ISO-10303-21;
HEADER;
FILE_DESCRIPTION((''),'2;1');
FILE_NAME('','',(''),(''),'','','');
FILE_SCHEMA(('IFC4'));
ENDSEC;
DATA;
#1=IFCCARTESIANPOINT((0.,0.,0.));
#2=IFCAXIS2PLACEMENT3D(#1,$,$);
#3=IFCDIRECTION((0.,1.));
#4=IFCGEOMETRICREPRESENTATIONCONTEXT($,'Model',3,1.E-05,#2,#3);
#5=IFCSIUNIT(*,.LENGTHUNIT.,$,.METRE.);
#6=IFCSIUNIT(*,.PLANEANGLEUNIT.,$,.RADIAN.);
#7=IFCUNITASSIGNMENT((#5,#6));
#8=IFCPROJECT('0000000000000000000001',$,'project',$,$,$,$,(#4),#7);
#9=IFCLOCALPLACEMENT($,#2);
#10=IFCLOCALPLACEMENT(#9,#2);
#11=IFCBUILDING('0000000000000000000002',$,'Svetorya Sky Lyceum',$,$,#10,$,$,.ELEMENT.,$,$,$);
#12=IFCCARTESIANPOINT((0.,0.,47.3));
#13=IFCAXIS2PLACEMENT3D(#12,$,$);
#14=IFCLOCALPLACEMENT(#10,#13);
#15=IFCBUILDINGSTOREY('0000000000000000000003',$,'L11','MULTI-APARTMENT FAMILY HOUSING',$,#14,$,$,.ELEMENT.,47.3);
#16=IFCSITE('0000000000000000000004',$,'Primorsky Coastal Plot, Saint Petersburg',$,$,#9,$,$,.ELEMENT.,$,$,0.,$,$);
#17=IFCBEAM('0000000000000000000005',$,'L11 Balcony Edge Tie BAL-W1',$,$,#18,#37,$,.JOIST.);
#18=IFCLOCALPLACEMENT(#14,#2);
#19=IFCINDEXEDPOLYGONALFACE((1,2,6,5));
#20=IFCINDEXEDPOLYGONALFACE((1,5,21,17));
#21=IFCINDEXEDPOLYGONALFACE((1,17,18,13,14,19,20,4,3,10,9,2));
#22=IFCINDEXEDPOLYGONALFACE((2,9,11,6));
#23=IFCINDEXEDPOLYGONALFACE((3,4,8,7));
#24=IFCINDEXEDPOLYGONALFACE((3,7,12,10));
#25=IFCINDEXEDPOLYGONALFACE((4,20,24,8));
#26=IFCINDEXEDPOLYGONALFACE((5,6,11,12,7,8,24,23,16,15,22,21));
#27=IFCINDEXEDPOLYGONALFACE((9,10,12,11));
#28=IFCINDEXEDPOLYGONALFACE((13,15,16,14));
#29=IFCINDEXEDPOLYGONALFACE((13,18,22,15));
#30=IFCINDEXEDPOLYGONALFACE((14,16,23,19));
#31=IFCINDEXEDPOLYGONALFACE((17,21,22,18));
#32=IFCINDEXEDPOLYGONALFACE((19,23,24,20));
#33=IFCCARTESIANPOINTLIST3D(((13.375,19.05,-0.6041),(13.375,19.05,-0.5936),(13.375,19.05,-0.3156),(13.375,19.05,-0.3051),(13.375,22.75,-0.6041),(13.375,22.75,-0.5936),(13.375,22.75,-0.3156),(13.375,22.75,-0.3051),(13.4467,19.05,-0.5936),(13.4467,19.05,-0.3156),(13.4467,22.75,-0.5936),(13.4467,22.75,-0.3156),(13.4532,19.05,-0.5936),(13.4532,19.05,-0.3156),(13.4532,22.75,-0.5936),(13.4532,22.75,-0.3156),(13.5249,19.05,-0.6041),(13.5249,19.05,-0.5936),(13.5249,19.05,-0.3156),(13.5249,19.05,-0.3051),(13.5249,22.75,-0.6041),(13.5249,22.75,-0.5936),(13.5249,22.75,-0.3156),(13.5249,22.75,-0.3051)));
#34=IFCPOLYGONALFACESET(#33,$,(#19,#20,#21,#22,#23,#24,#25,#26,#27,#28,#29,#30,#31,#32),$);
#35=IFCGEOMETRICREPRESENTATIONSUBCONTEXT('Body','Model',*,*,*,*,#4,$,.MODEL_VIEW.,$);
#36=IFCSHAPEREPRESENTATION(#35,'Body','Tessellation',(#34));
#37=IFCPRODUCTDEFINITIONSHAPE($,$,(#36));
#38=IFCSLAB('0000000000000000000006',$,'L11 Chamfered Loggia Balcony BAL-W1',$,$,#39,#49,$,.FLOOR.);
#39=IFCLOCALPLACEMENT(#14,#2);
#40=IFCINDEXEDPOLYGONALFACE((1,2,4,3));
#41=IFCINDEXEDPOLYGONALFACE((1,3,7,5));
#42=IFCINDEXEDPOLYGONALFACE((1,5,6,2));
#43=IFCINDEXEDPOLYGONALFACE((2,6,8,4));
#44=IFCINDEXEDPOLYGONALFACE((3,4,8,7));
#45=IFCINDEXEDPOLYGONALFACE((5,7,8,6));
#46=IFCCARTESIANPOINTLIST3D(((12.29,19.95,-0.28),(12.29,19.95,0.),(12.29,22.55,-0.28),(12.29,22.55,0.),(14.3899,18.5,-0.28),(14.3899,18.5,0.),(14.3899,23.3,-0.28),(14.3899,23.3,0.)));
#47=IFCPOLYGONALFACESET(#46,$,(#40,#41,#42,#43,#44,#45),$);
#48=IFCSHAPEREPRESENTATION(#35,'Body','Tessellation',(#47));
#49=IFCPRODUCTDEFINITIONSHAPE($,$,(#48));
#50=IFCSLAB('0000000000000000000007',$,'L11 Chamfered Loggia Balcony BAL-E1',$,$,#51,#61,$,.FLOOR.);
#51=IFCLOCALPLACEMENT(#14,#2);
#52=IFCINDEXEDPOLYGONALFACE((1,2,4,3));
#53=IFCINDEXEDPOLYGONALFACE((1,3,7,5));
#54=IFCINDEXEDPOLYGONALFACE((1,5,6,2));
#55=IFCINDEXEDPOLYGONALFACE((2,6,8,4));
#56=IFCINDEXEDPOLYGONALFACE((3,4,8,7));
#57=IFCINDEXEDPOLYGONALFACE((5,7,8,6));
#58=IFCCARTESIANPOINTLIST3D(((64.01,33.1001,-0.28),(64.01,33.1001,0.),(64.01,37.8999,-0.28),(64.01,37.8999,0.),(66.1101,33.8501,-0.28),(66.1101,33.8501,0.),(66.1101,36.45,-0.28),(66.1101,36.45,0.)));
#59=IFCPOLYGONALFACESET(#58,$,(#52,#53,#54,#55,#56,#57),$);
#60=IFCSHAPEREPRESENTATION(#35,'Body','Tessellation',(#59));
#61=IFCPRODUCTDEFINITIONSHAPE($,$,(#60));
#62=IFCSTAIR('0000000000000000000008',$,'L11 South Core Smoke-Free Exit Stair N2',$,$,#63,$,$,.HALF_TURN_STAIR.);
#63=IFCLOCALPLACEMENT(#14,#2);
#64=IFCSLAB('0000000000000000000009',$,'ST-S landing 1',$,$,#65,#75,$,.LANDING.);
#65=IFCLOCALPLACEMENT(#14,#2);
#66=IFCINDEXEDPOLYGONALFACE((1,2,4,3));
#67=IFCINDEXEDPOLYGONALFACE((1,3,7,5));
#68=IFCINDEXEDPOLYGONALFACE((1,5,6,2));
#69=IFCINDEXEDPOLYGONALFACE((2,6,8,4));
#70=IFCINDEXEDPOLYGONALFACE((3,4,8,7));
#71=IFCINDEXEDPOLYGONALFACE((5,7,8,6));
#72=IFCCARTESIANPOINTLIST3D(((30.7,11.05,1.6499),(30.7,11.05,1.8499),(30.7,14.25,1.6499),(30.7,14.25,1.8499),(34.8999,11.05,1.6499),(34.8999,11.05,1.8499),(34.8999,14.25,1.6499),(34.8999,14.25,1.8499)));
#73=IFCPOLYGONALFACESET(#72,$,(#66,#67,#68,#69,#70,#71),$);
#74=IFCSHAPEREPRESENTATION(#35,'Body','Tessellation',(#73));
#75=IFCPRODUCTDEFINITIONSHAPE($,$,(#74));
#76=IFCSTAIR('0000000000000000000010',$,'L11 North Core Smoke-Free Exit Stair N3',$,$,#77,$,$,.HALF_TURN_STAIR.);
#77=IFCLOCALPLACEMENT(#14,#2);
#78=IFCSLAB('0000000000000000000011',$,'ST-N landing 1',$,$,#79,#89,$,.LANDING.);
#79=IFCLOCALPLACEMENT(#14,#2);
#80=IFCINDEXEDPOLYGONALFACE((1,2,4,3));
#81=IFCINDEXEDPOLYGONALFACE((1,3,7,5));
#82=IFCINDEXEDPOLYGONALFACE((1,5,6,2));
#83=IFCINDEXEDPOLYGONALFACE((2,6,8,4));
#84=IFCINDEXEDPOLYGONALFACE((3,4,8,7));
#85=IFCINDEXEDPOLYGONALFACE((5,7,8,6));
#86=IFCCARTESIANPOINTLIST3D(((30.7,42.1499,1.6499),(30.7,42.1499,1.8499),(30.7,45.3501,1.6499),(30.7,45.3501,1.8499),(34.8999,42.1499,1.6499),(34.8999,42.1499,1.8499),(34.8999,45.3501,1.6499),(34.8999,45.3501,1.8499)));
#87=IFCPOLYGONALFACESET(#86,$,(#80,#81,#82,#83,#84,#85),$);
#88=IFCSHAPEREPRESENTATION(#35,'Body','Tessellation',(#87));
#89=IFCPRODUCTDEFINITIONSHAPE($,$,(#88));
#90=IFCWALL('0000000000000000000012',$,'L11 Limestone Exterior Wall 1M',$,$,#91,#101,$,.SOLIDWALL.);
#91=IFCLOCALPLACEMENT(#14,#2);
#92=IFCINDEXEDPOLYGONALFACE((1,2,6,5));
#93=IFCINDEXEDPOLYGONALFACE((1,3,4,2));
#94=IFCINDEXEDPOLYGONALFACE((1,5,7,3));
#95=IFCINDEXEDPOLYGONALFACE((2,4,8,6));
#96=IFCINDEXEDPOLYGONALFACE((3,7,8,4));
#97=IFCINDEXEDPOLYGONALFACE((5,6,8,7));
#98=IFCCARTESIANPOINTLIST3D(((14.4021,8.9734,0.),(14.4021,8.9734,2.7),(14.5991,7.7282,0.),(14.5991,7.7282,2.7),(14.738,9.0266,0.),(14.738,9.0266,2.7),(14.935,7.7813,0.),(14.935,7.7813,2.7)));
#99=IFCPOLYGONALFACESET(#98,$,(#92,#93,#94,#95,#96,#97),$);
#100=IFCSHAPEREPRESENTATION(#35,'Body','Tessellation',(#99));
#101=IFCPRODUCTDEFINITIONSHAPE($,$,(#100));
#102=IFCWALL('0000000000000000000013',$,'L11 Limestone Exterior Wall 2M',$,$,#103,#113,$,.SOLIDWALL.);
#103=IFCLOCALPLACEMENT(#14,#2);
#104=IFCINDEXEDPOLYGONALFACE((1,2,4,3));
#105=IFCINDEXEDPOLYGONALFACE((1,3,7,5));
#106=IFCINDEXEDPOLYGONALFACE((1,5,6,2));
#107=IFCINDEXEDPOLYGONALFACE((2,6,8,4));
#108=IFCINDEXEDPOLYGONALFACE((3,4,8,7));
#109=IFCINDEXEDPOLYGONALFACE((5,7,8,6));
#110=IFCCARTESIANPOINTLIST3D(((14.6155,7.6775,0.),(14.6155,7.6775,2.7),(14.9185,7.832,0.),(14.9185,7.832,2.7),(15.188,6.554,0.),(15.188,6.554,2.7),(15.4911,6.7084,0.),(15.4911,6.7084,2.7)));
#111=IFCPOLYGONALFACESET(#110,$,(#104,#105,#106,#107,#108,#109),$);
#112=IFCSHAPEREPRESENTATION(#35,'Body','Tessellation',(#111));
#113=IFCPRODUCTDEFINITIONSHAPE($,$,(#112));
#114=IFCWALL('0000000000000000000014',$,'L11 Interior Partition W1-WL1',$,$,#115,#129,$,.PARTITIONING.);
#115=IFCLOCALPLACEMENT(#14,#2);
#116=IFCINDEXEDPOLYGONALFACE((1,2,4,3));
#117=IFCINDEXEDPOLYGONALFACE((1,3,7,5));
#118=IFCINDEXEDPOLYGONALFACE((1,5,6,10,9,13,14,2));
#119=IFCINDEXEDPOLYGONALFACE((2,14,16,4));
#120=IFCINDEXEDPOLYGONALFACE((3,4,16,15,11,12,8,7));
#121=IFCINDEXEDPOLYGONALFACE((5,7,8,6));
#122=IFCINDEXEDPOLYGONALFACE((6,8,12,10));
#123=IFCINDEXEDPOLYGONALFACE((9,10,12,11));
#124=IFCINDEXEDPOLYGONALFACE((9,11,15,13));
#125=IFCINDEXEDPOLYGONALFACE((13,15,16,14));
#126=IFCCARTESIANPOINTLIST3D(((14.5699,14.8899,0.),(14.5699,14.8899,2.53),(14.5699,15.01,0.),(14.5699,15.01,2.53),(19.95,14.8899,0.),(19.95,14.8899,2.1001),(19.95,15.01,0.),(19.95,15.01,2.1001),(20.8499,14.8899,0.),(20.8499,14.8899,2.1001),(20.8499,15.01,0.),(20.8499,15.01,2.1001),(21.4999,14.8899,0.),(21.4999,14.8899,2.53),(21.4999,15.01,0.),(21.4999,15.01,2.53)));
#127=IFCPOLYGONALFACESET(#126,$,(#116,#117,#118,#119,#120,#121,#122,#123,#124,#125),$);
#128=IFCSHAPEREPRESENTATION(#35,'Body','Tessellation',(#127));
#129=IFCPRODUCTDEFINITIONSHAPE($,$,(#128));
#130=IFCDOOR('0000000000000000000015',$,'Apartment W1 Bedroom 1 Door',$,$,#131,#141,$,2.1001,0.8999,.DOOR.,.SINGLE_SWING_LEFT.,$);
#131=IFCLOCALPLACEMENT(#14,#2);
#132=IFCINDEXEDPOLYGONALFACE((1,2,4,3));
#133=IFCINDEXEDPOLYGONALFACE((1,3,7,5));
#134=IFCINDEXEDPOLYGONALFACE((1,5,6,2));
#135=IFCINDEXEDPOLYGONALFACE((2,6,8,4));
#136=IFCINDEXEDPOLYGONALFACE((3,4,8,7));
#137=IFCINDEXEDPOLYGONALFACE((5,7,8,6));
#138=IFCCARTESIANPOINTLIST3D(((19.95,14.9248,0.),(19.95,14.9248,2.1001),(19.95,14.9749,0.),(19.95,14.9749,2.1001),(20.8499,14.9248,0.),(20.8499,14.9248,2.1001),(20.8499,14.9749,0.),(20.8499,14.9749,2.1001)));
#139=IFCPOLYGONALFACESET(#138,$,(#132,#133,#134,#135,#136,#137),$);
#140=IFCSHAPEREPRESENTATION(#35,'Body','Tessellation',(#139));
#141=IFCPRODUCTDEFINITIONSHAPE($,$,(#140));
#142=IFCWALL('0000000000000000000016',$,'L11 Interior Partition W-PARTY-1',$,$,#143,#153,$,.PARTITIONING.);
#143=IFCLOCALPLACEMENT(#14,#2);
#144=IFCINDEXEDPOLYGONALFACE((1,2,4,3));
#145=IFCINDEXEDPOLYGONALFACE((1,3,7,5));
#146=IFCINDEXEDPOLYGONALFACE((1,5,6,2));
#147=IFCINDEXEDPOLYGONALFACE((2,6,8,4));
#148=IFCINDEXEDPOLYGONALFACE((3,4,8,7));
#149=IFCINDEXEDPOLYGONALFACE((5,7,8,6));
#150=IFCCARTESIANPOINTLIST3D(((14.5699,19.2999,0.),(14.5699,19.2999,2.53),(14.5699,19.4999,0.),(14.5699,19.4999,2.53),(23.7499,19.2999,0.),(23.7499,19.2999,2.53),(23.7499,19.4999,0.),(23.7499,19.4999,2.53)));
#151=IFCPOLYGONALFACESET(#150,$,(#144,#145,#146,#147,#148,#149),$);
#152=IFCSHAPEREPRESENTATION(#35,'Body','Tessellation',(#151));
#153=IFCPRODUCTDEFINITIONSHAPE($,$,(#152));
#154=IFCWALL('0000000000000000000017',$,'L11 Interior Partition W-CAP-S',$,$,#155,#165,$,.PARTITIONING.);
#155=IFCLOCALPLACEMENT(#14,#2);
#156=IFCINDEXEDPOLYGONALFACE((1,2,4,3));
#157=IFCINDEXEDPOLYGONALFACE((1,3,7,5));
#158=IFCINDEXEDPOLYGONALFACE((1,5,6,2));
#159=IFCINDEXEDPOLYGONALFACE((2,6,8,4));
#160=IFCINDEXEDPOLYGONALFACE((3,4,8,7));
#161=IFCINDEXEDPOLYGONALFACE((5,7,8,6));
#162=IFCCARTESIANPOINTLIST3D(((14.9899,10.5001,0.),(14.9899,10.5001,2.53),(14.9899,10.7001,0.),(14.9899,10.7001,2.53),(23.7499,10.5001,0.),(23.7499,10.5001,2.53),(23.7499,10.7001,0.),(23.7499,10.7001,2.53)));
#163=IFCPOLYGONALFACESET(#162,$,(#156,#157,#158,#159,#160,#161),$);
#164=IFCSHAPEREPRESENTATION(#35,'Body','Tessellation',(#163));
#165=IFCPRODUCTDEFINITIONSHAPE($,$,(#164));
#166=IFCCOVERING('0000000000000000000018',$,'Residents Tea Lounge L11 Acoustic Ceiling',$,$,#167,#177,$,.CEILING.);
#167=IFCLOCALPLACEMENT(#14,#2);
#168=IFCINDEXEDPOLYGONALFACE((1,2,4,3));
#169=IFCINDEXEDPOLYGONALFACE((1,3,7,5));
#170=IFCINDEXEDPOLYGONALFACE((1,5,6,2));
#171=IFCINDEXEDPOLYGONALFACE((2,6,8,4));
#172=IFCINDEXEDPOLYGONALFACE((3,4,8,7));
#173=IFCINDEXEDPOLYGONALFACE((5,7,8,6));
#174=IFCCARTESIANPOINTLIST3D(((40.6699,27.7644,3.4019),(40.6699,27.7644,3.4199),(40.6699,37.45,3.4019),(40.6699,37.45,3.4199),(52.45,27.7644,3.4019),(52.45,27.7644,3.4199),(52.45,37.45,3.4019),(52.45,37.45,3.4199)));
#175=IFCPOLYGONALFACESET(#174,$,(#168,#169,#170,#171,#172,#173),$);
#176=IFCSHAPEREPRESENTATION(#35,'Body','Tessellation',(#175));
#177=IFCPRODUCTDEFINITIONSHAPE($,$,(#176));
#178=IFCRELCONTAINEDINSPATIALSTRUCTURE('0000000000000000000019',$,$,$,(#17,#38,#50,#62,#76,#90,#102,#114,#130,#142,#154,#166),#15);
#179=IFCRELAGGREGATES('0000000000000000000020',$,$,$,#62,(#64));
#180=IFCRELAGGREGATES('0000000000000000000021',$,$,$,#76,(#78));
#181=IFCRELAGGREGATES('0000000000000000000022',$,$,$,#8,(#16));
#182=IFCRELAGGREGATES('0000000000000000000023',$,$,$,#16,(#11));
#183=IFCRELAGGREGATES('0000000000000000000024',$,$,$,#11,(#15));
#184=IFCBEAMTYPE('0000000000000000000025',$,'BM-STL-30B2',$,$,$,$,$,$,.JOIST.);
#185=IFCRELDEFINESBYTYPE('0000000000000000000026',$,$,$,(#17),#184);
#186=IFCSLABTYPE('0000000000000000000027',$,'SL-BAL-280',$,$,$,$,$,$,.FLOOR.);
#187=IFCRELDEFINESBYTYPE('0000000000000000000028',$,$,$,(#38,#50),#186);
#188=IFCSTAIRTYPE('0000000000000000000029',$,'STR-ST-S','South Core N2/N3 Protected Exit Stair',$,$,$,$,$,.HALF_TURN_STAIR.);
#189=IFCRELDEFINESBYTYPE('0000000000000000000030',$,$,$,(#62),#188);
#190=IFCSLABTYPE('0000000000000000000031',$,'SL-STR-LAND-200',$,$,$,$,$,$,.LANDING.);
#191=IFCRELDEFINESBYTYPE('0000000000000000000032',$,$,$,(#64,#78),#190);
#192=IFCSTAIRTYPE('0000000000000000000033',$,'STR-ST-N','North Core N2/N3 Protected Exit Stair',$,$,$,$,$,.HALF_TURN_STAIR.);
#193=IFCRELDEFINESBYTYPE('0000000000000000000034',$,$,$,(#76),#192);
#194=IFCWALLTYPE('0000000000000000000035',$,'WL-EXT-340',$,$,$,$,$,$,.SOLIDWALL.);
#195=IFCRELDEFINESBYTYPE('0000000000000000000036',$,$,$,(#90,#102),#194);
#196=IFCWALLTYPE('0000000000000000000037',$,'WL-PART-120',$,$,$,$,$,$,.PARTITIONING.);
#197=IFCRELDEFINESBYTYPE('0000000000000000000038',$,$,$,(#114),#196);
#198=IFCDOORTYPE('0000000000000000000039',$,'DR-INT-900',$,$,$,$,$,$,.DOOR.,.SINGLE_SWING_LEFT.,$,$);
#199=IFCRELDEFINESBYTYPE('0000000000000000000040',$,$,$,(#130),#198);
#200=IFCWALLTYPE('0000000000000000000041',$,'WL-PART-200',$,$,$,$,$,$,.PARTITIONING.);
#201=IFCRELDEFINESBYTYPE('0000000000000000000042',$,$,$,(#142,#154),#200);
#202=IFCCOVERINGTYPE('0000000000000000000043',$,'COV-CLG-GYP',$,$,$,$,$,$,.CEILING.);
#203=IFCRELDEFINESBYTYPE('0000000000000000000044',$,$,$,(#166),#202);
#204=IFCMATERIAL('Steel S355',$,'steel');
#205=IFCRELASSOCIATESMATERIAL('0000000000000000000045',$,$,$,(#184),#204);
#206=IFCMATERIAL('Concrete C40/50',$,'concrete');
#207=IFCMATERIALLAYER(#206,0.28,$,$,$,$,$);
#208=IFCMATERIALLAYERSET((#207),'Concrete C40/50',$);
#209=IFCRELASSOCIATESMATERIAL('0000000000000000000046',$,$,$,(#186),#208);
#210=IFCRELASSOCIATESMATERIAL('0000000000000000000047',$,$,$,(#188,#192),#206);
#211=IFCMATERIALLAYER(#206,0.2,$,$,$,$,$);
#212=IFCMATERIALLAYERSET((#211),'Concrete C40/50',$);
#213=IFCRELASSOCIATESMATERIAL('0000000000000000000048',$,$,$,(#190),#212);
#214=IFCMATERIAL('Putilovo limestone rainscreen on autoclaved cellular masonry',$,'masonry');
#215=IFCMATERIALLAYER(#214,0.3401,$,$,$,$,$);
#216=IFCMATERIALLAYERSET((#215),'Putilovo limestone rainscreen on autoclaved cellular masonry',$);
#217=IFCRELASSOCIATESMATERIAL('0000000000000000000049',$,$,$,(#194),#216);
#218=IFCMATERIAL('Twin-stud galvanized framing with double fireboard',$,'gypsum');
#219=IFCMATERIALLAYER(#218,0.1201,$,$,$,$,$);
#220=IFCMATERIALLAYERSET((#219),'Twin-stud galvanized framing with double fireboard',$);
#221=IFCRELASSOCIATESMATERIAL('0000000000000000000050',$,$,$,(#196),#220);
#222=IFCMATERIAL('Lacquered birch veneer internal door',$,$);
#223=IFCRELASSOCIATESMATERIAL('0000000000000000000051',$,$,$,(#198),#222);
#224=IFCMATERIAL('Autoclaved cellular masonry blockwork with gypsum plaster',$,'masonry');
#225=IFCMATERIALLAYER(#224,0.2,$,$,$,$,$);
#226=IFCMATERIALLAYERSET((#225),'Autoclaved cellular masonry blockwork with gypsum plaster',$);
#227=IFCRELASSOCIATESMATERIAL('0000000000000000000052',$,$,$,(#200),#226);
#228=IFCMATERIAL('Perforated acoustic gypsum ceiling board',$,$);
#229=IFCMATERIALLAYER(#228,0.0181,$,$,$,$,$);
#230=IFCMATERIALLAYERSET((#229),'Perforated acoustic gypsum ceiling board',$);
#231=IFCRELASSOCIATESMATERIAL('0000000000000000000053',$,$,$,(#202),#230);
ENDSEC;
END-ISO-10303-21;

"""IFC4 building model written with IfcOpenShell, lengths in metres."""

from ifc_helpers import new_model, si_unit, direction, frame, frame_2d, origin, origin_2d, place, context, subcontext, project, spatial, polyline, rectangle, i_section, outline, extrude, material, layer, layer_set, material_profile, profile_set, type_object, element, fill, aggregate, save


model = new_model("IFC4")

# Units and contexts
model_context = context("Model", 3, precision=1e-05, world=origin(), true_north=direction((0.0, 1.0)))
body_context = subcontext(model_context, "Body", "Model", "MODEL_VIEW")
ifc_project = project(units=[si_unit("LENGTHUNIT", "METRE"), si_unit("PLANEANGLEUNIT", "RADIAN")], contexts=[model_context])

# Site, building, storey
site_placement = place(None, origin())
site = spatial("IfcSite", under=ifc_project, at=site_placement, Name="Primorsky Coastal Plot, Saint Petersburg", CompositionType="ELEMENT", RefElevation=0.0)
building_placement = place(site_placement, origin())
building = spatial("IfcBuilding", under=site, at=building_placement, Name="Svetorya Sky Lyceum", CompositionType="ELEMENT")
storey_placement = place(building_placement, frame((0.0, 0.0, 47.3)))
storey = spatial("IfcBuildingStorey", under=building, at=storey_placement, Name="L11", Description="MULTI-APARTMENT FAMILY HOUSING", CompositionType="ELEMENT", Elevation=47.3)

# Beam
ifc_material_1 = material(Name="Steel S355", Category="steel")
ifc_material_profile = material_profile(ifc_material_1, i_section(OverallWidth=0.1499, OverallDepth=0.2991, WebThickness=0.0066, FlangeThickness=0.0105, at=origin_2d()), Name="GOST 30B2")
ifc_profile_set = profile_set([ifc_material_profile], Name="Steel S355")
beam_type = type_object("IfcBeamType", Name="BM-STL-30B2", PredefinedType="JOIST", material=ifc_profile_set)
beam_placement = place(storey_placement, frame((13.45, 19.05, -0.4546), z_axis=(0.0, 1.0, 0.0), x_axis=(-1.0, 0.0, 0.0)))
element("IfcBeam", 1, at=beam_placement, inside=storey, type_object=beam_type, Name="L11 Balcony Edge Tie BAL-W1", PredefinedType="JOIST", context=body_context, shape_type="SweptSolid", body=[
    extrude(i_section(OverallWidth=0.1499, OverallDepth=0.2991, WebThickness=0.0066, FlangeThickness=0.0105, at=origin_2d()), origin(), (0.0, 0.0, 1.0), 3.7),
])

# Slabs
ifc_material_2 = material(Name="Concrete C40/50", Category="concrete")
ifc_layer_1 = layer(ifc_material_2, 0.28)
ifc_layer_set_1 = layer_set([ifc_layer_1], Name="Concrete C40/50")
slab_type_1 = type_object("IfcSlabType", Name="SL-BAL-280", PredefinedType="FLOOR", material=ifc_layer_set_1)
slab_1_placement = place(storey_placement, frame((0.0, 0.0, -0.28)))
element("IfcSlab", 2, at=slab_1_placement, inside=storey, type_object=slab_type_1, Name="L11 Chamfered Loggia Balcony BAL-W1", PredefinedType="FLOOR", context=body_context, shape_type="SweptSolid", body=[
    extrude(outline(polyline([(14.3899, 18.5), (14.3899, 23.3), (12.29, 22.55), (12.29, 19.95), (14.3899, 18.5)])), origin(), (0.0, 0.0, 1.0), 0.28),
])
slab_2_placement = place(storey_placement, frame((0.0, 0.0, -0.28)))
element("IfcSlab", 3, at=slab_2_placement, inside=storey, type_object=slab_type_1, Name="L11 Chamfered Loggia Balcony BAL-E1", PredefinedType="FLOOR", context=body_context, shape_type="SweptSolid", body=[
    extrude(outline(polyline([(64.01, 33.1001), (66.1101, 33.8501), (66.1101, 36.45), (64.01, 37.8999), (64.01, 33.1001)])), origin(), (0.0, 0.0, 1.0), 0.28),
])

# Stairs, slabs
stair_type_1 = type_object("IfcStairType", Name="STR-ST-S", Description="South Core N2/N3 Protected Exit Stair", PredefinedType="HALF_TURN_STAIR", material=ifc_material_2)
stair_1_placement = place(storey_placement, origin())
stair_1 = element("IfcStair", 4, at=stair_1_placement, inside=storey, type_object=stair_type_1, Name="L11 South Core Smoke-Free Exit Stair N2", PredefinedType="HALF_TURN_STAIR")
ifc_layer_2 = layer(ifc_material_2, 0.2)
ifc_layer_set_2 = layer_set([ifc_layer_2], Name="Concrete C40/50")
slab_type_2 = type_object("IfcSlabType", Name="SL-STR-LAND-200", PredefinedType="LANDING", material=ifc_layer_set_2)
slab_3_placement = place(storey_placement, frame((0.0, 0.0, 1.6499)))
slab_3 = element("IfcSlab", 5, at=slab_3_placement, type_object=slab_type_2, Name="ST-S landing 1", PredefinedType="LANDING", context=body_context, shape_type="SweptSolid", body=[
    extrude(outline(polyline([(30.7, 11.05), (34.8999, 11.05), (34.8999, 14.25), (30.7, 14.25), (30.7, 11.05)])), origin(), (0.0, 0.0, 1.0), 0.2),
])
aggregate(stair_1, [slab_3])
stair_type_2 = type_object("IfcStairType", Name="STR-ST-N", Description="North Core N2/N3 Protected Exit Stair", PredefinedType="HALF_TURN_STAIR", material=ifc_material_2)
stair_2_placement = place(storey_placement, origin())
stair_2 = element("IfcStair", 6, at=stair_2_placement, inside=storey, type_object=stair_type_2, Name="L11 North Core Smoke-Free Exit Stair N3", PredefinedType="HALF_TURN_STAIR")
slab_4_placement = place(storey_placement, frame((0.0, 0.0, 1.6499)))
slab_4 = element("IfcSlab", 7, at=slab_4_placement, type_object=slab_type_2, Name="ST-N landing 1", PredefinedType="LANDING", context=body_context, shape_type="SweptSolid", body=[
    extrude(outline(polyline([(30.7, 42.1499), (34.8999, 42.1499), (34.8999, 45.3501), (30.7, 45.3501), (30.7, 42.1499)])), origin(), (0.0, 0.0, 1.0), 0.2),
])
aggregate(stair_2, [slab_4])

# Walls
ifc_material_3 = material(Name="Putilovo limestone rainscreen on autoclaved cellular masonry", Category="masonry")
ifc_layer_3 = layer(ifc_material_3, 0.3401)
ifc_layer_set_3 = layer_set([ifc_layer_3], Name="Putilovo limestone rainscreen on autoclaved cellular masonry")
wall_type_1 = type_object("IfcWallType", Name="WL-EXT-340", PredefinedType="SOLIDWALL", material=ifc_layer_set_3)
wall_1_placement = place(storey_placement, frame((14.5701, 9.0, 0.0), z_axis=(0.0, 0.0, 1.0), x_axis=(0.156261, -0.987716, 0.0)))
element("IfcWall", 8, at=wall_1_placement, inside=storey, type_object=wall_type_1, Name="L11 Limestone Exterior Wall 1M", PredefinedType="SOLIDWALL", context=body_context, shape_type="SweptSolid", body=[
    extrude(rectangle(XDim=1.2607, YDim=0.3401, at=frame_2d((0.6304, 0.0))), origin(), (0.0, 0.0, 1.0), 2.7),
])
wall_2_placement = place(storey_placement, frame((14.7671, 7.7546, 0.0), z_axis=(0.0, 0.0, 1.0), x_axis=(0.454016, -0.890994, 0.0)))
element("IfcWall", 9, at=wall_2_placement, inside=storey, type_object=wall_type_1, Name="L11 Limestone Exterior Wall 2M", PredefinedType="SOLIDWALL", context=body_context, shape_type="SweptSolid", body=[
    extrude(rectangle(XDim=1.261, YDim=0.3401, at=frame_2d((0.6304, 0.0))), origin(), (0.0, 0.0, 1.0), 2.7),
])

# Wall, opening, door
ifc_material_4 = material(Name="Twin-stud galvanized framing with double fireboard", Category="gypsum")
ifc_layer_4 = layer(ifc_material_4, 0.1201)
ifc_layer_set_4 = layer_set([ifc_layer_4], Name="Twin-stud galvanized framing with double fireboard")
wall_type_2 = type_object("IfcWallType", Name="WL-PART-120", PredefinedType="PARTITIONING", material=ifc_layer_set_4)
wall_3_placement = place(storey_placement, frame((14.5701, 14.95, 0.0), z_axis=(0.0, 0.0, 1.0), x_axis=(1.0, 0.0, 0.0)))
wall_3 = element("IfcWall", 10, at=wall_3_placement, inside=storey, type_object=wall_type_2, Name="L11 Interior Partition W1-WL1", PredefinedType="PARTITIONING", context=body_context, shape_type="SweptSolid", body=[
    extrude(rectangle(XDim=6.9299, YDim=0.1201, at=frame_2d((3.4648, 0.0))), origin(), (0.0, 0.0, 1.0), 2.53),
])
opening_placement = place(wall_3_placement, frame((5.3799, 0.0, 0.0)))
opening = element("IfcOpeningElement", 11, at=opening_placement, cuts=wall_3, PredefinedType="OPENING", context=body_context, shape_type="SweptSolid", body=[
    extrude(rectangle(XDim=0.8999, YDim=2.1001, at=frame_2d((0.45, 1.05))), frame((0.0, 0.0701, 0.0), z_axis=(0.0, -1.0, 0.0), x_axis=(1.0, 0.0, 0.0)), (0.0, 0.0, 1.0), 0.1401),
])
ifc_material_5 = material(Name="Lacquered birch veneer internal door")
door_type = type_object("IfcDoorType", Name="DR-INT-900", OperationType="SINGLE_SWING_LEFT", PredefinedType="DOOR", material=ifc_material_5)
door_placement = place(opening_placement, origin())
door = element("IfcDoor", 12, at=door_placement, inside=storey, type_object=door_type, Name="Apartment W1 Bedroom 1 Door", OperationType="SINGLE_SWING_LEFT", OverallHeight=2.1001, OverallWidth=0.8999, PredefinedType="DOOR", context=body_context, shape_type="SweptSolid", body=[
    extrude(rectangle(XDim=0.8999, YDim=2.1001, at=frame_2d((0.45, 1.05))), frame((0.0, 0.0249, 0.0), z_axis=(0.0, -1.0, 0.0), x_axis=(1.0, 0.0, 0.0)), (0.0, 0.0, 1.0), 0.05),
])
fill(opening, door)

# Walls
ifc_material_6 = material(Name="Autoclaved cellular masonry blockwork with gypsum plaster", Category="masonry")
ifc_layer_5 = layer(ifc_material_6, 0.2)
ifc_layer_set_5 = layer_set([ifc_layer_5], Name="Autoclaved cellular masonry blockwork with gypsum plaster")
wall_type_3 = type_object("IfcWallType", Name="WL-PART-200", PredefinedType="PARTITIONING", material=ifc_layer_set_5)
wall_4_placement = place(storey_placement, frame((14.5701, 19.3999, 0.0), z_axis=(0.0, 0.0, 1.0), x_axis=(1.0, 0.0, 0.0)))
element("IfcWall", 13, at=wall_4_placement, inside=storey, type_object=wall_type_3, Name="L11 Interior Partition W-PARTY-1", PredefinedType="PARTITIONING", context=body_context, shape_type="SweptSolid", body=[
    extrude(rectangle(XDim=9.1799, YDim=0.2, at=frame_2d((4.5898, 0.0))), origin(), (0.0, 0.0, 1.0), 2.53),
])
wall_5_placement = place(storey_placement, frame((14.99, 10.6001, 0.0), z_axis=(0.0, 0.0, 1.0), x_axis=(1.0, 0.0, 0.0)))
element("IfcWall", 14, at=wall_5_placement, inside=storey, type_object=wall_type_3, Name="L11 Interior Partition W-CAP-S", PredefinedType="PARTITIONING", context=body_context, shape_type="SweptSolid", body=[
    extrude(rectangle(XDim=8.76, YDim=0.2, at=frame_2d((4.3799, 0.0))), origin(), (0.0, 0.0, 1.0), 2.53),
])

# Covering
ifc_material_7 = material(Name="Perforated acoustic gypsum ceiling board")
ifc_layer_6 = layer(ifc_material_7, 0.0181)
ifc_layer_set_6 = layer_set([ifc_layer_6], Name="Perforated acoustic gypsum ceiling board")
covering_type_1 = type_object("IfcCoveringType", Name="COV-CLG-GYP", PredefinedType="CEILING", material=ifc_layer_set_6)
covering_1_placement = place(storey_placement, frame((0.0, 0.0, 3.4019)))
element("IfcCovering", 15, at=covering_1_placement, inside=storey, type_object=covering_type_1, Name="Residents Tea Lounge L11 Acoustic Ceiling", PredefinedType="CEILING", context=body_context, shape_type="SweptSolid", body=[
    extrude(outline(polyline([(40.6699, 27.7644), (52.45, 27.7644), (52.45, 37.45), (40.6699, 37.45), (40.6699, 27.7644)])), origin(), (0.0, 0.0, 1.0), 0.0181),
])

save(model, "model.ifc")
